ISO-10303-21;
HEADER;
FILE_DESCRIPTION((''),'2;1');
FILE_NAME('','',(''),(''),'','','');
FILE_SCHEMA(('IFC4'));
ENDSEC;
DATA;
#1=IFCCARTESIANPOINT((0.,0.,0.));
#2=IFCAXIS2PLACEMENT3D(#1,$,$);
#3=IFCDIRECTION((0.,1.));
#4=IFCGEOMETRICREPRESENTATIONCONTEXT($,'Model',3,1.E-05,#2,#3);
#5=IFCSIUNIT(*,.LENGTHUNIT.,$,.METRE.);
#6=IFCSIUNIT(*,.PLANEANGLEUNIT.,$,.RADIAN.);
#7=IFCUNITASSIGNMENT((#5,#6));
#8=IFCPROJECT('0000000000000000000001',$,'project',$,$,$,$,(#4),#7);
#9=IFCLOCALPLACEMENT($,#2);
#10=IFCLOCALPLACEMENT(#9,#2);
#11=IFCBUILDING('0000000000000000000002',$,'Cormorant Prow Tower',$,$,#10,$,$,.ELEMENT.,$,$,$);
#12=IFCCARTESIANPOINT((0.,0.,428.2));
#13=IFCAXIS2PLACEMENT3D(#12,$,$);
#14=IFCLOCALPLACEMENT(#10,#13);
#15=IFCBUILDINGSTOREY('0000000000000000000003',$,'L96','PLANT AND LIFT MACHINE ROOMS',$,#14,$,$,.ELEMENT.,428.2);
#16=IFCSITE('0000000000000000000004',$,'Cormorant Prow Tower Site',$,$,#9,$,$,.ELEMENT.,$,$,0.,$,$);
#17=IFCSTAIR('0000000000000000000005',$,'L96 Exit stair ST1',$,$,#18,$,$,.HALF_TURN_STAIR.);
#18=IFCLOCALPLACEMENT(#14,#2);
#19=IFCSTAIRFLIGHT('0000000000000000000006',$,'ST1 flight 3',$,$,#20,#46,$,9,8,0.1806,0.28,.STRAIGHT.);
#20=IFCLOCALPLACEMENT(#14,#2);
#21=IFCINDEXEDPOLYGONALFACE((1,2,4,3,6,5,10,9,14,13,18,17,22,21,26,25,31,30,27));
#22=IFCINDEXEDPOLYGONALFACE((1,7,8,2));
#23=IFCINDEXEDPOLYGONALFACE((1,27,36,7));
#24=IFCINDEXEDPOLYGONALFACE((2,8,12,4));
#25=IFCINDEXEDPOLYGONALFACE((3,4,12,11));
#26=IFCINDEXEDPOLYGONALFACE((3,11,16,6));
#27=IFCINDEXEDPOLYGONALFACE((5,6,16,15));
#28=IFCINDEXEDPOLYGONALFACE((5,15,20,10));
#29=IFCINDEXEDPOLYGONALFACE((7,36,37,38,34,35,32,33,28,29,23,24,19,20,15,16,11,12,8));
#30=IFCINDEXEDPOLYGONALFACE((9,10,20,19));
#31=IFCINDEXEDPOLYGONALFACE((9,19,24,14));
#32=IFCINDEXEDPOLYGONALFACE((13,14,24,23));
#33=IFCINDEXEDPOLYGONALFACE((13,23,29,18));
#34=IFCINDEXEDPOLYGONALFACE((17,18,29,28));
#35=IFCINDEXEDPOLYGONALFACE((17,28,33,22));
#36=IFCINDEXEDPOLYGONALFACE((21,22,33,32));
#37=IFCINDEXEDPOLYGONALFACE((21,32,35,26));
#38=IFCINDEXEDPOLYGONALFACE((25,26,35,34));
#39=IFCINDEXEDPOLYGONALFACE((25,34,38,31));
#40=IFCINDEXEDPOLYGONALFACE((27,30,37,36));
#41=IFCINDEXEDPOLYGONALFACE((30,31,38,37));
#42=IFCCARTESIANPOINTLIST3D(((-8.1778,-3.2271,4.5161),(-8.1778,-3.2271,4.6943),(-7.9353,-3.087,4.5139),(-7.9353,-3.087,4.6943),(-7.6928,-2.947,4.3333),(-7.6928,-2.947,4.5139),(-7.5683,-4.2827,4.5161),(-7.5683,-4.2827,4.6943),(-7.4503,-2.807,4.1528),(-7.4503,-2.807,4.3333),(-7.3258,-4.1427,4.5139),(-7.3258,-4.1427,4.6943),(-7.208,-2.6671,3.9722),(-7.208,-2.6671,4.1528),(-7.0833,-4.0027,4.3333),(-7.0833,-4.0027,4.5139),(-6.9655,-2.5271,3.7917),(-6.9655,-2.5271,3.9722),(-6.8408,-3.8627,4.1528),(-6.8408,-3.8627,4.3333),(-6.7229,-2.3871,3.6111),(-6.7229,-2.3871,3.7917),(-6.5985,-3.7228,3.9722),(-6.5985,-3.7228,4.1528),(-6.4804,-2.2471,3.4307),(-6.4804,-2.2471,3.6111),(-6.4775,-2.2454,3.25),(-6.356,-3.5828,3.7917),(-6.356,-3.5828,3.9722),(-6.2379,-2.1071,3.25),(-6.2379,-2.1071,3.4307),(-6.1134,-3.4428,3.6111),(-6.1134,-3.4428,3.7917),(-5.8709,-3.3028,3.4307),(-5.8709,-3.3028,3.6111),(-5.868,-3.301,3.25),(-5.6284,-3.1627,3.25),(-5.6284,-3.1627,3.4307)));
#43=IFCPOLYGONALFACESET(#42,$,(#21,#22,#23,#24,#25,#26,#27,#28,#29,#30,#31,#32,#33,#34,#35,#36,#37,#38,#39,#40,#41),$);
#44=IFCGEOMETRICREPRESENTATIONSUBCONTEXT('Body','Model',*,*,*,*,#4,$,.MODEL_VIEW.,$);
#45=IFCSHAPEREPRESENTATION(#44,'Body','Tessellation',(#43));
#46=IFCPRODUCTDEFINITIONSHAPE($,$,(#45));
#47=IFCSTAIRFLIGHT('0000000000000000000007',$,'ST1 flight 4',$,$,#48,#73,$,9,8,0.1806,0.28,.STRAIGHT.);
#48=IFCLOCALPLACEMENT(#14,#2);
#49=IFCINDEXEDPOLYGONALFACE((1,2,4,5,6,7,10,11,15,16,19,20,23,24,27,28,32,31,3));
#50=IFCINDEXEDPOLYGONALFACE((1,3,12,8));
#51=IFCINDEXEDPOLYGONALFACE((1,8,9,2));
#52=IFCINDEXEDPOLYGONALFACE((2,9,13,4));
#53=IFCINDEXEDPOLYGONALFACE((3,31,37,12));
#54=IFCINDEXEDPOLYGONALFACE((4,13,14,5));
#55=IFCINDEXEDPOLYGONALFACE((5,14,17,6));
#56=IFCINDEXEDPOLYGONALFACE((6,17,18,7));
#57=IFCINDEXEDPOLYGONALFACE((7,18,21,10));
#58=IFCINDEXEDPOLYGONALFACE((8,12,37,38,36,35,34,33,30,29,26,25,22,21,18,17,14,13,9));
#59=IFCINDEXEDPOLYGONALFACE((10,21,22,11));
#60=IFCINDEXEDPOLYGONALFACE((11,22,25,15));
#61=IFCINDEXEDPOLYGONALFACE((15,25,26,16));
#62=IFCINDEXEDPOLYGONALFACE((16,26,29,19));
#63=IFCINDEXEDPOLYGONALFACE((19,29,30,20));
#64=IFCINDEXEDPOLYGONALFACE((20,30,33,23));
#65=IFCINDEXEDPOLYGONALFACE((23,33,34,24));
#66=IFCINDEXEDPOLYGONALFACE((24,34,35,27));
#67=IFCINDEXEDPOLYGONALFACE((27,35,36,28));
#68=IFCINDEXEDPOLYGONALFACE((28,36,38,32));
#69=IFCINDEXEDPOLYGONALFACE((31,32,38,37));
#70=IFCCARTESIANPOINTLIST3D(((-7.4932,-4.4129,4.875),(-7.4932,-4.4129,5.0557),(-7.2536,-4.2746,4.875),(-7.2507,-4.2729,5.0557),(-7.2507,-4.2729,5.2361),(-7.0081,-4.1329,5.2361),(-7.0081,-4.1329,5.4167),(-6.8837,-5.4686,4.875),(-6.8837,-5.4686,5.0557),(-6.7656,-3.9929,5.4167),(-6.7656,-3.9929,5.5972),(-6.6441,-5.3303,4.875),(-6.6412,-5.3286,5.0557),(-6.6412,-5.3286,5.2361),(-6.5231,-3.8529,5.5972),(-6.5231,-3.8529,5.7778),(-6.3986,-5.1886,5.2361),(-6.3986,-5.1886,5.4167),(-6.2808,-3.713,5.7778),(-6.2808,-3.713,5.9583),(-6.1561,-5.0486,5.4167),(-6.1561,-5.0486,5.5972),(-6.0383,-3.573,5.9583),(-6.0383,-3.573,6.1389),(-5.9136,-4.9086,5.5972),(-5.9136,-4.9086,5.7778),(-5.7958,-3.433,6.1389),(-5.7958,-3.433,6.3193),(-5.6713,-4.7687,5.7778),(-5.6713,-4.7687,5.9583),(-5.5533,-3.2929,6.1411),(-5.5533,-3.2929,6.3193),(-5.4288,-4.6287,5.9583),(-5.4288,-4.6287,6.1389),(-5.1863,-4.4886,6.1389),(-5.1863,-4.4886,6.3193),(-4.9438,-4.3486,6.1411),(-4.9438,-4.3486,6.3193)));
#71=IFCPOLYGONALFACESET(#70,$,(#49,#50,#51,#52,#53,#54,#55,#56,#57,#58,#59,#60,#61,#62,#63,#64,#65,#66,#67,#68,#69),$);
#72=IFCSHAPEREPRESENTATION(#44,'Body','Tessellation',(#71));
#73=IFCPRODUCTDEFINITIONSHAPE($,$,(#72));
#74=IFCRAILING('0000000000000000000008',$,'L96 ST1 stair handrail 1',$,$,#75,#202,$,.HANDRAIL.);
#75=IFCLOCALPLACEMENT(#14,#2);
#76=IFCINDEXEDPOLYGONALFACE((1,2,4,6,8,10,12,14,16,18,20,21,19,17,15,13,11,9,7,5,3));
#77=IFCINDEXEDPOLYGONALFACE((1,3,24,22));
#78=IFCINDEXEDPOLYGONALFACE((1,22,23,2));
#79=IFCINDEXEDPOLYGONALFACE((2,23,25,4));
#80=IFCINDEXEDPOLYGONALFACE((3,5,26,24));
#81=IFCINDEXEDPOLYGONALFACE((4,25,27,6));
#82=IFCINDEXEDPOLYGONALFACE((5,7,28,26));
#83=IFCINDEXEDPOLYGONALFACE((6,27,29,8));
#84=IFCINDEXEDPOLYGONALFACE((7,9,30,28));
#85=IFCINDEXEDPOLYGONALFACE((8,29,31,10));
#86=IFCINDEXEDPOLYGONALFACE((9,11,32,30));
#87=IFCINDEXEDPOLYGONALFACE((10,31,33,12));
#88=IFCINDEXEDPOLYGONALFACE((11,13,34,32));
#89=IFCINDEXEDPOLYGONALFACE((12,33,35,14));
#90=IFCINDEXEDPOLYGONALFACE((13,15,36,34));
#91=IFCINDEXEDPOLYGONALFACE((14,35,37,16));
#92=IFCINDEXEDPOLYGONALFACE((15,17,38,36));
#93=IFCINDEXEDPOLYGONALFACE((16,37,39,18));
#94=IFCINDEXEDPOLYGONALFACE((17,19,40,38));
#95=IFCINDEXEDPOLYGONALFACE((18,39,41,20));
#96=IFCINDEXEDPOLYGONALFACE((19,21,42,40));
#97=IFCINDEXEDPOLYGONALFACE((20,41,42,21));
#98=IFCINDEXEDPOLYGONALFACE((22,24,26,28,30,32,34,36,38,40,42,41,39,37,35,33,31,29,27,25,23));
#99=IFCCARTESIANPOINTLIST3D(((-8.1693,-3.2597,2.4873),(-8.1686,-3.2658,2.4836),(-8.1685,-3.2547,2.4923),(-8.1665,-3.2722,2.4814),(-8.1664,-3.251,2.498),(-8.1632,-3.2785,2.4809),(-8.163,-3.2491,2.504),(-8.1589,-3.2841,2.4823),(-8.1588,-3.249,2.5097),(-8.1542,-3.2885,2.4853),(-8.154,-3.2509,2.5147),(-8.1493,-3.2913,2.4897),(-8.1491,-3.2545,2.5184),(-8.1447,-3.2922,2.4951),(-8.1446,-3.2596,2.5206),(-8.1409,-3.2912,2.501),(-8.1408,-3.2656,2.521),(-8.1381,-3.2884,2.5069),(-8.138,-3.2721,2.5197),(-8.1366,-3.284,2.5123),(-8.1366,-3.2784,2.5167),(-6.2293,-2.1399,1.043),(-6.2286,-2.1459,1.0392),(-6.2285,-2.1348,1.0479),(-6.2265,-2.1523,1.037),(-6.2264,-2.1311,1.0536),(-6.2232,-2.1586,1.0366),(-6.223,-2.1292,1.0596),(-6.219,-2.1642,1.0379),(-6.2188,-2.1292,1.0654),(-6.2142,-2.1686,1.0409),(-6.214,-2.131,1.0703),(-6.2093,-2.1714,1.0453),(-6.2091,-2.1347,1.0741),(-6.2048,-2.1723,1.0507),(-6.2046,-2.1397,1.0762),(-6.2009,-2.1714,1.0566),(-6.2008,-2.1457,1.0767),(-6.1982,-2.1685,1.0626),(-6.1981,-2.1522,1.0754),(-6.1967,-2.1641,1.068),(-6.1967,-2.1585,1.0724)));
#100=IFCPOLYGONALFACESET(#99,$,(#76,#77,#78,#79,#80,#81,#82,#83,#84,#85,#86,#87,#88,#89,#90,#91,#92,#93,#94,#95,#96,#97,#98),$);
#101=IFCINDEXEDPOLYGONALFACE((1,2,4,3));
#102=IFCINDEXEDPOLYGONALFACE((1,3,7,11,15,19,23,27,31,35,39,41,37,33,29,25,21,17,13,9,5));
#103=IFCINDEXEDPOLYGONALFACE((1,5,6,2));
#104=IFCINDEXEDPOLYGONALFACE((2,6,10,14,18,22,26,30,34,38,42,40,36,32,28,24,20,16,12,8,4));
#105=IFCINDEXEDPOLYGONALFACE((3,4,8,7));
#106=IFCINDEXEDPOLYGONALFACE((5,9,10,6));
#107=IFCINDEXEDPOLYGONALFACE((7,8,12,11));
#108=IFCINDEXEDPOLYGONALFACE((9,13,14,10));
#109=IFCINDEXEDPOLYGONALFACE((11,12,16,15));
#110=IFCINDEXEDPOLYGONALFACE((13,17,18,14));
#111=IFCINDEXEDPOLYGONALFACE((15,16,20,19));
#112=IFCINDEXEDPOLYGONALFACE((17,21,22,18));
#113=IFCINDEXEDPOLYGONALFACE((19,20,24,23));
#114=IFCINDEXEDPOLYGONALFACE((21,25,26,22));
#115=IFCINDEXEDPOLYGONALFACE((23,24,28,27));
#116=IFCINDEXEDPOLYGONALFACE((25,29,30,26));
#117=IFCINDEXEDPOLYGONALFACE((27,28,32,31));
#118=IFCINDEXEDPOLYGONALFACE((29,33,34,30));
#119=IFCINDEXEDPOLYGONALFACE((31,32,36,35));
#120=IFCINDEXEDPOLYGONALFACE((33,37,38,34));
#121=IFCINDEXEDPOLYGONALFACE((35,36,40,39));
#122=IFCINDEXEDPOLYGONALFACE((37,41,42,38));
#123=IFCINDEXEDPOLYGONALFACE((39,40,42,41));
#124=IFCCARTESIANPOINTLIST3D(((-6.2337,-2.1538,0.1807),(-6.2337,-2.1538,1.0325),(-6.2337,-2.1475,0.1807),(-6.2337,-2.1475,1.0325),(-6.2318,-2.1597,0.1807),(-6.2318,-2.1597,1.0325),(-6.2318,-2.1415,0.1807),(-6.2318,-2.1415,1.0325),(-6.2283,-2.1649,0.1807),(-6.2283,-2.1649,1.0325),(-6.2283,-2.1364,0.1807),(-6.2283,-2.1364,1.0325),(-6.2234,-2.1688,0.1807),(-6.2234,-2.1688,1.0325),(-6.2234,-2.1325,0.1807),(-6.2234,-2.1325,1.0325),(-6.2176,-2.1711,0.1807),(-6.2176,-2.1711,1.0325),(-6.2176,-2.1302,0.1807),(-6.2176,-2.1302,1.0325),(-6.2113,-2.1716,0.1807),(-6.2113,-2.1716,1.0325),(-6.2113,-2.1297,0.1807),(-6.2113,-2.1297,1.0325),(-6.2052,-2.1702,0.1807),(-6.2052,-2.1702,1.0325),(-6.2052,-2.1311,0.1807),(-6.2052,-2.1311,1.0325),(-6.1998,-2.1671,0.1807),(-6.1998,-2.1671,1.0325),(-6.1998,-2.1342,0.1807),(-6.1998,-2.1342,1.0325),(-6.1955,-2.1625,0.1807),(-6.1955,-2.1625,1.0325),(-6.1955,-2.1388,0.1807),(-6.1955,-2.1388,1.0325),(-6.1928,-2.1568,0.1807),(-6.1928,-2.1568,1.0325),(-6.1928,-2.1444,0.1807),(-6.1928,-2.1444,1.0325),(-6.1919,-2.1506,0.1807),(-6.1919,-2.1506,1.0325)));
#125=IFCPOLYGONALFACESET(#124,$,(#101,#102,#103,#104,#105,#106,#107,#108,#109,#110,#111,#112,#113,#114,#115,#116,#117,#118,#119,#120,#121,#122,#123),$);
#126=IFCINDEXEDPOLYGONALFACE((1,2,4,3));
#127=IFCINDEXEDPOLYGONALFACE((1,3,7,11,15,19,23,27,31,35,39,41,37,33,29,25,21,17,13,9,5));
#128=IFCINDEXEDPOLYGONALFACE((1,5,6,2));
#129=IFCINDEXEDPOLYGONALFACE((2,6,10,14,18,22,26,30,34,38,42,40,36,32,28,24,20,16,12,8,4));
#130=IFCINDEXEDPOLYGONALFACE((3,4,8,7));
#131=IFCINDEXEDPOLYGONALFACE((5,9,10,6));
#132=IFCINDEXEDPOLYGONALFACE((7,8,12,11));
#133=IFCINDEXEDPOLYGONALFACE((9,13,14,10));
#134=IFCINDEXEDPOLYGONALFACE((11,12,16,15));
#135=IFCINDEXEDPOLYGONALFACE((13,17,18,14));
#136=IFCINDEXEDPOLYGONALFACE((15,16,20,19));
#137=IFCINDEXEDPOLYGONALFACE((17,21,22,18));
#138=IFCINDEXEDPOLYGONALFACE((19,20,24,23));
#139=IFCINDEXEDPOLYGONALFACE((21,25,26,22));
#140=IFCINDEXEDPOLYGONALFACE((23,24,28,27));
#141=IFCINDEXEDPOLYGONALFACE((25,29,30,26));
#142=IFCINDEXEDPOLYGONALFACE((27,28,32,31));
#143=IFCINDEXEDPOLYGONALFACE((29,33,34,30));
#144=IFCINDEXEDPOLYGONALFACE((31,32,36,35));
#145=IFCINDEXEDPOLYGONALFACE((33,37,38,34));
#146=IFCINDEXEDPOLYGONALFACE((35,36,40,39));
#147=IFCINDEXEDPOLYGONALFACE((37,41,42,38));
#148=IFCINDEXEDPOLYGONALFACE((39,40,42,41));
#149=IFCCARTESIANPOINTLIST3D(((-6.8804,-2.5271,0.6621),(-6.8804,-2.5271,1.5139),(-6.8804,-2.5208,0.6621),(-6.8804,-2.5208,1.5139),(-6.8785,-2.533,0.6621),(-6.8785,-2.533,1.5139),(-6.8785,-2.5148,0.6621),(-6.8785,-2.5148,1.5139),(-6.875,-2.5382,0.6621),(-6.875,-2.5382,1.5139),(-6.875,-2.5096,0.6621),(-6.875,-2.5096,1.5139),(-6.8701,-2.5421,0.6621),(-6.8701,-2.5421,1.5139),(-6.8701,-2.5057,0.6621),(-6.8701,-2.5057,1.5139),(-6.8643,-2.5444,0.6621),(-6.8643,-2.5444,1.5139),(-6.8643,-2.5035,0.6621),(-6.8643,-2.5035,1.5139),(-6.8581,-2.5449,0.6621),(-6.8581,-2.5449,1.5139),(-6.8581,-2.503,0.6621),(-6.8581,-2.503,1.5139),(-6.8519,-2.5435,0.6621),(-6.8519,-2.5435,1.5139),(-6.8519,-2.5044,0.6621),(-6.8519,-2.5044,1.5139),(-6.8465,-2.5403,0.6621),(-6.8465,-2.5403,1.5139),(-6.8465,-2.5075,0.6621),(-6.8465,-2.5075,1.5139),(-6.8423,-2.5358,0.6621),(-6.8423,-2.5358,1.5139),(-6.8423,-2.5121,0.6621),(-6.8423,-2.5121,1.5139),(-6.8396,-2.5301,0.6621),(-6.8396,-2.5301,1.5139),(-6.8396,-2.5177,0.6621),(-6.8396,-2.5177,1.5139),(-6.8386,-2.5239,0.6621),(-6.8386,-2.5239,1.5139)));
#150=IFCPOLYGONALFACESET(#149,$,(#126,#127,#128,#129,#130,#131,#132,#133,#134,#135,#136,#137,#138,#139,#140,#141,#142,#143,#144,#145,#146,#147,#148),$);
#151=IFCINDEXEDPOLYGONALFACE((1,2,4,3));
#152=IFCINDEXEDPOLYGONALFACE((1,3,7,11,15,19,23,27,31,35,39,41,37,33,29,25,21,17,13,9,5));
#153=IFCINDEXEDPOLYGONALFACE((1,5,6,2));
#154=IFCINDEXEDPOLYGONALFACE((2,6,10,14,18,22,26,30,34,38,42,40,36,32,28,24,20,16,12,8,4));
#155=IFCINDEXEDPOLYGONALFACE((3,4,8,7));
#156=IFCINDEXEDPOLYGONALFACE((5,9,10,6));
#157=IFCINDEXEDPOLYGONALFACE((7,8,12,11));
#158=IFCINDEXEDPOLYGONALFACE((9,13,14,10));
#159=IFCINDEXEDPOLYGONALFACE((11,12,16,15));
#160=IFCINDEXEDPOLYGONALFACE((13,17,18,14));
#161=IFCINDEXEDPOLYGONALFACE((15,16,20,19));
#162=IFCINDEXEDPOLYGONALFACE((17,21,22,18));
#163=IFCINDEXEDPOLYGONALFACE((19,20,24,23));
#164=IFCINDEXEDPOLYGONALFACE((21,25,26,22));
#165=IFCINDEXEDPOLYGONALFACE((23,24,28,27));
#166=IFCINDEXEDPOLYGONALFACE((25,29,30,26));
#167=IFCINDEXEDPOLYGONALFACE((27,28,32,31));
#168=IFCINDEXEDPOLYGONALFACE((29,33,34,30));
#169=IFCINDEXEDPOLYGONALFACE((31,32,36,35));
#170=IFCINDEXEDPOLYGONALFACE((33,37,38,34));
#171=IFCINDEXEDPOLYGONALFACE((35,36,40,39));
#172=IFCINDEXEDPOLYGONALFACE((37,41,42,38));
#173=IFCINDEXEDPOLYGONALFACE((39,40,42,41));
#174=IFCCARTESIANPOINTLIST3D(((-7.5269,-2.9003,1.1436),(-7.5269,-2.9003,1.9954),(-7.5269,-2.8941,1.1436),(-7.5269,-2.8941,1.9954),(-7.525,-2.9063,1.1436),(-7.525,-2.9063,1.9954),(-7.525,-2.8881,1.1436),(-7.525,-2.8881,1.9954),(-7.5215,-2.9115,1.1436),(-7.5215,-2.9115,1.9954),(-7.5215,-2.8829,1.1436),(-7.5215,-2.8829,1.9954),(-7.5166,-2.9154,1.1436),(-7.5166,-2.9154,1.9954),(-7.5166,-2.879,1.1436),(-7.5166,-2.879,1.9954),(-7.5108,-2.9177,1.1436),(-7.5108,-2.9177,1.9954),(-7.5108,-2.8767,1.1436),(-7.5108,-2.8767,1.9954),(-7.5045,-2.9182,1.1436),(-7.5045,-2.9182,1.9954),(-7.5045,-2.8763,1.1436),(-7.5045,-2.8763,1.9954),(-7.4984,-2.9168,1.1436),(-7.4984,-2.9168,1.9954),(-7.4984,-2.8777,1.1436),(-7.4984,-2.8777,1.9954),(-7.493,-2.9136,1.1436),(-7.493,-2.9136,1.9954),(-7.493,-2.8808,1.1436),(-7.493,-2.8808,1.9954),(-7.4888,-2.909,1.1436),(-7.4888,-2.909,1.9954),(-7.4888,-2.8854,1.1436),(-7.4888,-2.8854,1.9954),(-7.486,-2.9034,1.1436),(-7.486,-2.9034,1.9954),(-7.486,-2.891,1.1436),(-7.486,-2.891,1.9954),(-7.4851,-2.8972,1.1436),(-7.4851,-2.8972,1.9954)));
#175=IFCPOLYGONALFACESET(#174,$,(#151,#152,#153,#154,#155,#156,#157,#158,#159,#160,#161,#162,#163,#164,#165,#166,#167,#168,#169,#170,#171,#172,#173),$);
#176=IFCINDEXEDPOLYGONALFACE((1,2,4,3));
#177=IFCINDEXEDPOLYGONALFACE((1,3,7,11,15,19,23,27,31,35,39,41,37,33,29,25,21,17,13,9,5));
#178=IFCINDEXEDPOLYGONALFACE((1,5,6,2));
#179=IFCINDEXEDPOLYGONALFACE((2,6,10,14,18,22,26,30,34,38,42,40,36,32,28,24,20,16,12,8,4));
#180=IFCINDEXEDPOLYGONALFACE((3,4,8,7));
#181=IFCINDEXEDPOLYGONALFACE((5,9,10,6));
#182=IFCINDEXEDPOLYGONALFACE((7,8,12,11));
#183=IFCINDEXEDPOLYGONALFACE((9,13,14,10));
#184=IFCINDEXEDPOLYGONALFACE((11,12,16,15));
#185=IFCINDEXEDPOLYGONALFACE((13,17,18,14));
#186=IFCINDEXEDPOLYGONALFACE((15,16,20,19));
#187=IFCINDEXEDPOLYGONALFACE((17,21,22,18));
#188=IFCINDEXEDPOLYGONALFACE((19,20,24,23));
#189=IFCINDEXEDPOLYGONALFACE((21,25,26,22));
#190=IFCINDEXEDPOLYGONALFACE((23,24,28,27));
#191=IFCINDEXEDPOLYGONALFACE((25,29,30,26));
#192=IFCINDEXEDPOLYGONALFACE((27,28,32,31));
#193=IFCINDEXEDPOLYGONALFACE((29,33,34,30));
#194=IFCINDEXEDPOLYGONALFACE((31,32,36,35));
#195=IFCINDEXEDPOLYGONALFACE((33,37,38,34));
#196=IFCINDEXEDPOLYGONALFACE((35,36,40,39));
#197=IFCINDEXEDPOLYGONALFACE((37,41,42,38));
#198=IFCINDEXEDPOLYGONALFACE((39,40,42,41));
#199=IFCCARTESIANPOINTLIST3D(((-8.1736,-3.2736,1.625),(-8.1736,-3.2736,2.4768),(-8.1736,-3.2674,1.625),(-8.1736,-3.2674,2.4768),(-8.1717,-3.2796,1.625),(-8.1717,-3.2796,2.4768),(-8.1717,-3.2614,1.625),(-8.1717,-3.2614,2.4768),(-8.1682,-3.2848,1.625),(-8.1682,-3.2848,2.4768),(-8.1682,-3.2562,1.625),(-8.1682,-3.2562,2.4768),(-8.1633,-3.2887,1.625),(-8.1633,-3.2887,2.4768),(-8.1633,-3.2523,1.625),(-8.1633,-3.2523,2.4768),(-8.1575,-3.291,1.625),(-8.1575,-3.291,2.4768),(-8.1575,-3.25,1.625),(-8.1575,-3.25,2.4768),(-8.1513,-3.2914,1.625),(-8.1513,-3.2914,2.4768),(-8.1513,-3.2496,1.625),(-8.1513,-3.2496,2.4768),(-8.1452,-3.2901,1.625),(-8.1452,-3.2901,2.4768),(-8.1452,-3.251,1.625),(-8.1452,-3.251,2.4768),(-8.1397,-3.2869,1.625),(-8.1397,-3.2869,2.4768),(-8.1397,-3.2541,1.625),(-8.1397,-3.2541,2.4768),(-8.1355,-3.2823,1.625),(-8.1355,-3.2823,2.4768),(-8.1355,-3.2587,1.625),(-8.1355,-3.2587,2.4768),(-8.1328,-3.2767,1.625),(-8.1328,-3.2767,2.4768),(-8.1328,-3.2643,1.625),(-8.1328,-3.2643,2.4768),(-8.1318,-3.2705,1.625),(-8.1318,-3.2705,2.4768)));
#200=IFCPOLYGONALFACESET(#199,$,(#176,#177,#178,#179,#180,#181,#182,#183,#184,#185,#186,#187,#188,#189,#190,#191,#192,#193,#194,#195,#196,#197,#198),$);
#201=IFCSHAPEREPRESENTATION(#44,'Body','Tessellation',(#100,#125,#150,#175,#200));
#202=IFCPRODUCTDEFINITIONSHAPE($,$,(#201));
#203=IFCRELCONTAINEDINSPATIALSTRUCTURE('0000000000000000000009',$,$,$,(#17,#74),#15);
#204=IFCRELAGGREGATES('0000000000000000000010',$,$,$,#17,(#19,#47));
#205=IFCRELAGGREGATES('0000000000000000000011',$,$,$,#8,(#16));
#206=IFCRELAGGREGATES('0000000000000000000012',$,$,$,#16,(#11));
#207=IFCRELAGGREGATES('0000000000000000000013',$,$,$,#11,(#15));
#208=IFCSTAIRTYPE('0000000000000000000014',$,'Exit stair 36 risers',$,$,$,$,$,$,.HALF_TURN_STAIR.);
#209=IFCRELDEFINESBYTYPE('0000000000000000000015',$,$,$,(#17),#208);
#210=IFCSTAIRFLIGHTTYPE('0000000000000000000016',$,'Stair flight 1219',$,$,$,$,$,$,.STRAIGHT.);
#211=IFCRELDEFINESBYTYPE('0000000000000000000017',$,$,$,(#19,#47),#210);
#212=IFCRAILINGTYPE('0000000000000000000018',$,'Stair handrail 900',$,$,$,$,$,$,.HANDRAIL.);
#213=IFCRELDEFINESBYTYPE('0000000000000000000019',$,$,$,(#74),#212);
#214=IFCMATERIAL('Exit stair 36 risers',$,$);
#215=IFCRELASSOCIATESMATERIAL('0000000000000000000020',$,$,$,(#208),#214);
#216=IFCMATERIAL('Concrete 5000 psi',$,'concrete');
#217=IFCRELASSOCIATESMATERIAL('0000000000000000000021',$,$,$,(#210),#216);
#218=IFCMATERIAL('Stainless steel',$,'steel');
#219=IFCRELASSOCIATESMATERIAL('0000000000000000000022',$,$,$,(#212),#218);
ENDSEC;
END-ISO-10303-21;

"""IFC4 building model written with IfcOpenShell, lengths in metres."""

from ifc_helpers import new_model, si_unit, direction, frame, origin, origin_2d, place, context, subcontext, project, spatial, polyline, circle, outline, extrude, material, type_object, element, aggregate, save


model = new_model("IFC4")

# Units and contexts
model_context = context("Model", 3, precision=1e-05, world=origin(), true_north=direction((0.0, 1.0)))
body_context = subcontext(model_context, "Body", "Model", "MODEL_VIEW")
ifc_project = project(units=[si_unit("LENGTHUNIT", "METRE"), si_unit("PLANEANGLEUNIT", "RADIAN")], contexts=[model_context])

# Site, building, storey
site_placement = place(None, origin())
site = spatial("IfcSite", under=ifc_project, at=site_placement, Name="Cormorant Prow Tower Site", CompositionType="ELEMENT", RefElevation=0.0)
building_placement = place(site_placement, origin())
building = spatial("IfcBuilding", under=site, at=building_placement, Name="Cormorant Prow Tower", CompositionType="ELEMENT")
storey_placement = place(building_placement, frame((0.0, 0.0, 428.2)))
storey = spatial("IfcBuildingStorey", under=building, at=storey_placement, Name="L96", Description="PLANT AND LIFT MACHINE ROOMS", CompositionType="ELEMENT", Elevation=428.2)

# Stair, stair flights
ifc_material_1 = material(Name="Exit stair 36 risers")
stair_type = type_object("IfcStairType", Name="Exit stair 36 risers", PredefinedType="HALF_TURN_STAIR", material=ifc_material_1)
stair_placement = place(storey_placement, origin())
stair = element("IfcStair", 1, at=stair_placement, inside=storey, type_object=stair_type, Name="L96 Exit stair ST1", PredefinedType="HALF_TURN_STAIR")
ifc_material_2 = material(Name="Concrete 5000 psi", Category="concrete")
stair_flight_type = type_object("IfcStairFlightType", Name="Stair flight 1219", PredefinedType="STRAIGHT", material=ifc_material_2)
stair_flight_1_placement = place(storey_placement, frame((-5.9331, -2.635, 3.25), z_axis=(0.0, 0.0, 1.0), x_axis=(-0.866025, -0.5, 0.0)))
stair_flight_1 = element("IfcStairFlight", 2, at=stair_flight_1_placement, type_object=stair_flight_type, Name="ST1 flight 3", NumberOfRisers=9, NumberOfTreads=8, PredefinedType="STRAIGHT", RiserHeight=0.1806, TreadLength=0.28, context=body_context, shape_type="SweptSolid", body=[
    extrude(outline(polyline([(0.0, 0.0), (0.0, 0.1807), (0.28, 0.1807), (0.28, 0.3611), (0.5601, 0.3611), (0.5601, 0.5417), (0.8401, 0.5417), (0.8401, 0.7222), (1.1201, 0.7222), (1.1201, 0.9028), (1.3999, 0.9028), (1.3999, 1.0833), (1.6799, 1.0833), (1.6799, 1.2639), (1.96, 1.2639), (1.96, 1.4443), (2.24, 1.4443), (2.24, 1.625), (2.24, 1.2661), (0.2766, 0.0), (0.0, 0.0)])), frame((0.0, 0.6094, 0.0), z_axis=(0.0, -1.0, 0.0), x_axis=(1.0, 0.0, 0.0)), (0.0, 0.0, 1.0), 1.219),
])
stair_flight_2_placement = place(storey_placement, frame((-7.1885, -4.9407, 4.875), z_axis=(0.0, 0.0, 1.0), x_axis=(0.866025, 0.5, 0.0)))
stair_flight_2 = element("IfcStairFlight", 3, at=stair_flight_2_placement, type_object=stair_flight_type, Name="ST1 flight 4", NumberOfRisers=9, NumberOfTreads=8, PredefinedType="STRAIGHT", RiserHeight=0.1806, TreadLength=0.28, context=body_context, shape_type="SweptSolid", body=[
    extrude(outline(polyline([(0.0, 0.0), (0.0, 0.1807), (0.28, 0.1807), (0.28, 0.3611), (0.5601, 0.3611), (0.5601, 0.5417), (0.8401, 0.5417), (0.8401, 0.7222), (1.1201, 0.7222), (1.1201, 0.9028), (1.3999, 0.9028), (1.3999, 1.0833), (1.6799, 1.0833), (1.6799, 1.2639), (1.96, 1.2639), (1.96, 1.4443), (2.24, 1.4443), (2.24, 1.625), (2.24, 1.2661), (0.2766, 0.0), (0.0, 0.0)])), frame((0.0, 0.6094, 0.0), z_axis=(0.0, -1.0, 0.0), x_axis=(1.0, 0.0, 0.0)), (0.0, 0.0, 1.0), 1.219),
])
aggregate(stair, [stair_flight_1, stair_flight_2])

# Railing
ifc_material_3 = material(Name="Stainless steel", Category="steel")
railing_type_1 = type_object("IfcRailingType", Name="Stair handrail 900", PredefinedType="HANDRAIL", material=ifc_material_3)
railing_1_placement = place(storey_placement, frame((-6.2129, -2.1506, 0.1807)))
element("IfcRailing", 4, at=railing_1_placement, inside=storey, type_object=railing_type_1, Name="L96 ST1 stair handrail 1", PredefinedType="HANDRAIL", context=body_context, shape_type="SweptSolid", body=[
    extrude(circle(Radius=0.0239, at=origin_2d()), frame((0.0, 0.0, 0.876), z_axis=(-0.727863, -0.420175, 0.541912), x_axis=(0.499949, -0.866055, 0.0)), (0.0, 0.0, 1.0), 2.6653),
    extrude(circle(Radius=0.021, at=origin_2d()), origin(), (0.0, 0.0, 1.0), 0.8518),
    extrude(circle(Radius=0.021, at=origin_2d()), frame((-0.6467, -0.3733, 0.4814)), (0.0, 0.0, 1.0), 0.8518),
    extrude(circle(Radius=0.021, at=origin_2d()), frame((-1.2932, -0.7466, 0.9629)), (0.0, 0.0, 1.0), 0.8518),
    extrude(circle(Radius=0.021, at=origin_2d()), frame((-1.9399, -1.1199, 1.4443)), (0.0, 0.0, 1.0), 0.8518),
])

save(model, "model.ifc")
